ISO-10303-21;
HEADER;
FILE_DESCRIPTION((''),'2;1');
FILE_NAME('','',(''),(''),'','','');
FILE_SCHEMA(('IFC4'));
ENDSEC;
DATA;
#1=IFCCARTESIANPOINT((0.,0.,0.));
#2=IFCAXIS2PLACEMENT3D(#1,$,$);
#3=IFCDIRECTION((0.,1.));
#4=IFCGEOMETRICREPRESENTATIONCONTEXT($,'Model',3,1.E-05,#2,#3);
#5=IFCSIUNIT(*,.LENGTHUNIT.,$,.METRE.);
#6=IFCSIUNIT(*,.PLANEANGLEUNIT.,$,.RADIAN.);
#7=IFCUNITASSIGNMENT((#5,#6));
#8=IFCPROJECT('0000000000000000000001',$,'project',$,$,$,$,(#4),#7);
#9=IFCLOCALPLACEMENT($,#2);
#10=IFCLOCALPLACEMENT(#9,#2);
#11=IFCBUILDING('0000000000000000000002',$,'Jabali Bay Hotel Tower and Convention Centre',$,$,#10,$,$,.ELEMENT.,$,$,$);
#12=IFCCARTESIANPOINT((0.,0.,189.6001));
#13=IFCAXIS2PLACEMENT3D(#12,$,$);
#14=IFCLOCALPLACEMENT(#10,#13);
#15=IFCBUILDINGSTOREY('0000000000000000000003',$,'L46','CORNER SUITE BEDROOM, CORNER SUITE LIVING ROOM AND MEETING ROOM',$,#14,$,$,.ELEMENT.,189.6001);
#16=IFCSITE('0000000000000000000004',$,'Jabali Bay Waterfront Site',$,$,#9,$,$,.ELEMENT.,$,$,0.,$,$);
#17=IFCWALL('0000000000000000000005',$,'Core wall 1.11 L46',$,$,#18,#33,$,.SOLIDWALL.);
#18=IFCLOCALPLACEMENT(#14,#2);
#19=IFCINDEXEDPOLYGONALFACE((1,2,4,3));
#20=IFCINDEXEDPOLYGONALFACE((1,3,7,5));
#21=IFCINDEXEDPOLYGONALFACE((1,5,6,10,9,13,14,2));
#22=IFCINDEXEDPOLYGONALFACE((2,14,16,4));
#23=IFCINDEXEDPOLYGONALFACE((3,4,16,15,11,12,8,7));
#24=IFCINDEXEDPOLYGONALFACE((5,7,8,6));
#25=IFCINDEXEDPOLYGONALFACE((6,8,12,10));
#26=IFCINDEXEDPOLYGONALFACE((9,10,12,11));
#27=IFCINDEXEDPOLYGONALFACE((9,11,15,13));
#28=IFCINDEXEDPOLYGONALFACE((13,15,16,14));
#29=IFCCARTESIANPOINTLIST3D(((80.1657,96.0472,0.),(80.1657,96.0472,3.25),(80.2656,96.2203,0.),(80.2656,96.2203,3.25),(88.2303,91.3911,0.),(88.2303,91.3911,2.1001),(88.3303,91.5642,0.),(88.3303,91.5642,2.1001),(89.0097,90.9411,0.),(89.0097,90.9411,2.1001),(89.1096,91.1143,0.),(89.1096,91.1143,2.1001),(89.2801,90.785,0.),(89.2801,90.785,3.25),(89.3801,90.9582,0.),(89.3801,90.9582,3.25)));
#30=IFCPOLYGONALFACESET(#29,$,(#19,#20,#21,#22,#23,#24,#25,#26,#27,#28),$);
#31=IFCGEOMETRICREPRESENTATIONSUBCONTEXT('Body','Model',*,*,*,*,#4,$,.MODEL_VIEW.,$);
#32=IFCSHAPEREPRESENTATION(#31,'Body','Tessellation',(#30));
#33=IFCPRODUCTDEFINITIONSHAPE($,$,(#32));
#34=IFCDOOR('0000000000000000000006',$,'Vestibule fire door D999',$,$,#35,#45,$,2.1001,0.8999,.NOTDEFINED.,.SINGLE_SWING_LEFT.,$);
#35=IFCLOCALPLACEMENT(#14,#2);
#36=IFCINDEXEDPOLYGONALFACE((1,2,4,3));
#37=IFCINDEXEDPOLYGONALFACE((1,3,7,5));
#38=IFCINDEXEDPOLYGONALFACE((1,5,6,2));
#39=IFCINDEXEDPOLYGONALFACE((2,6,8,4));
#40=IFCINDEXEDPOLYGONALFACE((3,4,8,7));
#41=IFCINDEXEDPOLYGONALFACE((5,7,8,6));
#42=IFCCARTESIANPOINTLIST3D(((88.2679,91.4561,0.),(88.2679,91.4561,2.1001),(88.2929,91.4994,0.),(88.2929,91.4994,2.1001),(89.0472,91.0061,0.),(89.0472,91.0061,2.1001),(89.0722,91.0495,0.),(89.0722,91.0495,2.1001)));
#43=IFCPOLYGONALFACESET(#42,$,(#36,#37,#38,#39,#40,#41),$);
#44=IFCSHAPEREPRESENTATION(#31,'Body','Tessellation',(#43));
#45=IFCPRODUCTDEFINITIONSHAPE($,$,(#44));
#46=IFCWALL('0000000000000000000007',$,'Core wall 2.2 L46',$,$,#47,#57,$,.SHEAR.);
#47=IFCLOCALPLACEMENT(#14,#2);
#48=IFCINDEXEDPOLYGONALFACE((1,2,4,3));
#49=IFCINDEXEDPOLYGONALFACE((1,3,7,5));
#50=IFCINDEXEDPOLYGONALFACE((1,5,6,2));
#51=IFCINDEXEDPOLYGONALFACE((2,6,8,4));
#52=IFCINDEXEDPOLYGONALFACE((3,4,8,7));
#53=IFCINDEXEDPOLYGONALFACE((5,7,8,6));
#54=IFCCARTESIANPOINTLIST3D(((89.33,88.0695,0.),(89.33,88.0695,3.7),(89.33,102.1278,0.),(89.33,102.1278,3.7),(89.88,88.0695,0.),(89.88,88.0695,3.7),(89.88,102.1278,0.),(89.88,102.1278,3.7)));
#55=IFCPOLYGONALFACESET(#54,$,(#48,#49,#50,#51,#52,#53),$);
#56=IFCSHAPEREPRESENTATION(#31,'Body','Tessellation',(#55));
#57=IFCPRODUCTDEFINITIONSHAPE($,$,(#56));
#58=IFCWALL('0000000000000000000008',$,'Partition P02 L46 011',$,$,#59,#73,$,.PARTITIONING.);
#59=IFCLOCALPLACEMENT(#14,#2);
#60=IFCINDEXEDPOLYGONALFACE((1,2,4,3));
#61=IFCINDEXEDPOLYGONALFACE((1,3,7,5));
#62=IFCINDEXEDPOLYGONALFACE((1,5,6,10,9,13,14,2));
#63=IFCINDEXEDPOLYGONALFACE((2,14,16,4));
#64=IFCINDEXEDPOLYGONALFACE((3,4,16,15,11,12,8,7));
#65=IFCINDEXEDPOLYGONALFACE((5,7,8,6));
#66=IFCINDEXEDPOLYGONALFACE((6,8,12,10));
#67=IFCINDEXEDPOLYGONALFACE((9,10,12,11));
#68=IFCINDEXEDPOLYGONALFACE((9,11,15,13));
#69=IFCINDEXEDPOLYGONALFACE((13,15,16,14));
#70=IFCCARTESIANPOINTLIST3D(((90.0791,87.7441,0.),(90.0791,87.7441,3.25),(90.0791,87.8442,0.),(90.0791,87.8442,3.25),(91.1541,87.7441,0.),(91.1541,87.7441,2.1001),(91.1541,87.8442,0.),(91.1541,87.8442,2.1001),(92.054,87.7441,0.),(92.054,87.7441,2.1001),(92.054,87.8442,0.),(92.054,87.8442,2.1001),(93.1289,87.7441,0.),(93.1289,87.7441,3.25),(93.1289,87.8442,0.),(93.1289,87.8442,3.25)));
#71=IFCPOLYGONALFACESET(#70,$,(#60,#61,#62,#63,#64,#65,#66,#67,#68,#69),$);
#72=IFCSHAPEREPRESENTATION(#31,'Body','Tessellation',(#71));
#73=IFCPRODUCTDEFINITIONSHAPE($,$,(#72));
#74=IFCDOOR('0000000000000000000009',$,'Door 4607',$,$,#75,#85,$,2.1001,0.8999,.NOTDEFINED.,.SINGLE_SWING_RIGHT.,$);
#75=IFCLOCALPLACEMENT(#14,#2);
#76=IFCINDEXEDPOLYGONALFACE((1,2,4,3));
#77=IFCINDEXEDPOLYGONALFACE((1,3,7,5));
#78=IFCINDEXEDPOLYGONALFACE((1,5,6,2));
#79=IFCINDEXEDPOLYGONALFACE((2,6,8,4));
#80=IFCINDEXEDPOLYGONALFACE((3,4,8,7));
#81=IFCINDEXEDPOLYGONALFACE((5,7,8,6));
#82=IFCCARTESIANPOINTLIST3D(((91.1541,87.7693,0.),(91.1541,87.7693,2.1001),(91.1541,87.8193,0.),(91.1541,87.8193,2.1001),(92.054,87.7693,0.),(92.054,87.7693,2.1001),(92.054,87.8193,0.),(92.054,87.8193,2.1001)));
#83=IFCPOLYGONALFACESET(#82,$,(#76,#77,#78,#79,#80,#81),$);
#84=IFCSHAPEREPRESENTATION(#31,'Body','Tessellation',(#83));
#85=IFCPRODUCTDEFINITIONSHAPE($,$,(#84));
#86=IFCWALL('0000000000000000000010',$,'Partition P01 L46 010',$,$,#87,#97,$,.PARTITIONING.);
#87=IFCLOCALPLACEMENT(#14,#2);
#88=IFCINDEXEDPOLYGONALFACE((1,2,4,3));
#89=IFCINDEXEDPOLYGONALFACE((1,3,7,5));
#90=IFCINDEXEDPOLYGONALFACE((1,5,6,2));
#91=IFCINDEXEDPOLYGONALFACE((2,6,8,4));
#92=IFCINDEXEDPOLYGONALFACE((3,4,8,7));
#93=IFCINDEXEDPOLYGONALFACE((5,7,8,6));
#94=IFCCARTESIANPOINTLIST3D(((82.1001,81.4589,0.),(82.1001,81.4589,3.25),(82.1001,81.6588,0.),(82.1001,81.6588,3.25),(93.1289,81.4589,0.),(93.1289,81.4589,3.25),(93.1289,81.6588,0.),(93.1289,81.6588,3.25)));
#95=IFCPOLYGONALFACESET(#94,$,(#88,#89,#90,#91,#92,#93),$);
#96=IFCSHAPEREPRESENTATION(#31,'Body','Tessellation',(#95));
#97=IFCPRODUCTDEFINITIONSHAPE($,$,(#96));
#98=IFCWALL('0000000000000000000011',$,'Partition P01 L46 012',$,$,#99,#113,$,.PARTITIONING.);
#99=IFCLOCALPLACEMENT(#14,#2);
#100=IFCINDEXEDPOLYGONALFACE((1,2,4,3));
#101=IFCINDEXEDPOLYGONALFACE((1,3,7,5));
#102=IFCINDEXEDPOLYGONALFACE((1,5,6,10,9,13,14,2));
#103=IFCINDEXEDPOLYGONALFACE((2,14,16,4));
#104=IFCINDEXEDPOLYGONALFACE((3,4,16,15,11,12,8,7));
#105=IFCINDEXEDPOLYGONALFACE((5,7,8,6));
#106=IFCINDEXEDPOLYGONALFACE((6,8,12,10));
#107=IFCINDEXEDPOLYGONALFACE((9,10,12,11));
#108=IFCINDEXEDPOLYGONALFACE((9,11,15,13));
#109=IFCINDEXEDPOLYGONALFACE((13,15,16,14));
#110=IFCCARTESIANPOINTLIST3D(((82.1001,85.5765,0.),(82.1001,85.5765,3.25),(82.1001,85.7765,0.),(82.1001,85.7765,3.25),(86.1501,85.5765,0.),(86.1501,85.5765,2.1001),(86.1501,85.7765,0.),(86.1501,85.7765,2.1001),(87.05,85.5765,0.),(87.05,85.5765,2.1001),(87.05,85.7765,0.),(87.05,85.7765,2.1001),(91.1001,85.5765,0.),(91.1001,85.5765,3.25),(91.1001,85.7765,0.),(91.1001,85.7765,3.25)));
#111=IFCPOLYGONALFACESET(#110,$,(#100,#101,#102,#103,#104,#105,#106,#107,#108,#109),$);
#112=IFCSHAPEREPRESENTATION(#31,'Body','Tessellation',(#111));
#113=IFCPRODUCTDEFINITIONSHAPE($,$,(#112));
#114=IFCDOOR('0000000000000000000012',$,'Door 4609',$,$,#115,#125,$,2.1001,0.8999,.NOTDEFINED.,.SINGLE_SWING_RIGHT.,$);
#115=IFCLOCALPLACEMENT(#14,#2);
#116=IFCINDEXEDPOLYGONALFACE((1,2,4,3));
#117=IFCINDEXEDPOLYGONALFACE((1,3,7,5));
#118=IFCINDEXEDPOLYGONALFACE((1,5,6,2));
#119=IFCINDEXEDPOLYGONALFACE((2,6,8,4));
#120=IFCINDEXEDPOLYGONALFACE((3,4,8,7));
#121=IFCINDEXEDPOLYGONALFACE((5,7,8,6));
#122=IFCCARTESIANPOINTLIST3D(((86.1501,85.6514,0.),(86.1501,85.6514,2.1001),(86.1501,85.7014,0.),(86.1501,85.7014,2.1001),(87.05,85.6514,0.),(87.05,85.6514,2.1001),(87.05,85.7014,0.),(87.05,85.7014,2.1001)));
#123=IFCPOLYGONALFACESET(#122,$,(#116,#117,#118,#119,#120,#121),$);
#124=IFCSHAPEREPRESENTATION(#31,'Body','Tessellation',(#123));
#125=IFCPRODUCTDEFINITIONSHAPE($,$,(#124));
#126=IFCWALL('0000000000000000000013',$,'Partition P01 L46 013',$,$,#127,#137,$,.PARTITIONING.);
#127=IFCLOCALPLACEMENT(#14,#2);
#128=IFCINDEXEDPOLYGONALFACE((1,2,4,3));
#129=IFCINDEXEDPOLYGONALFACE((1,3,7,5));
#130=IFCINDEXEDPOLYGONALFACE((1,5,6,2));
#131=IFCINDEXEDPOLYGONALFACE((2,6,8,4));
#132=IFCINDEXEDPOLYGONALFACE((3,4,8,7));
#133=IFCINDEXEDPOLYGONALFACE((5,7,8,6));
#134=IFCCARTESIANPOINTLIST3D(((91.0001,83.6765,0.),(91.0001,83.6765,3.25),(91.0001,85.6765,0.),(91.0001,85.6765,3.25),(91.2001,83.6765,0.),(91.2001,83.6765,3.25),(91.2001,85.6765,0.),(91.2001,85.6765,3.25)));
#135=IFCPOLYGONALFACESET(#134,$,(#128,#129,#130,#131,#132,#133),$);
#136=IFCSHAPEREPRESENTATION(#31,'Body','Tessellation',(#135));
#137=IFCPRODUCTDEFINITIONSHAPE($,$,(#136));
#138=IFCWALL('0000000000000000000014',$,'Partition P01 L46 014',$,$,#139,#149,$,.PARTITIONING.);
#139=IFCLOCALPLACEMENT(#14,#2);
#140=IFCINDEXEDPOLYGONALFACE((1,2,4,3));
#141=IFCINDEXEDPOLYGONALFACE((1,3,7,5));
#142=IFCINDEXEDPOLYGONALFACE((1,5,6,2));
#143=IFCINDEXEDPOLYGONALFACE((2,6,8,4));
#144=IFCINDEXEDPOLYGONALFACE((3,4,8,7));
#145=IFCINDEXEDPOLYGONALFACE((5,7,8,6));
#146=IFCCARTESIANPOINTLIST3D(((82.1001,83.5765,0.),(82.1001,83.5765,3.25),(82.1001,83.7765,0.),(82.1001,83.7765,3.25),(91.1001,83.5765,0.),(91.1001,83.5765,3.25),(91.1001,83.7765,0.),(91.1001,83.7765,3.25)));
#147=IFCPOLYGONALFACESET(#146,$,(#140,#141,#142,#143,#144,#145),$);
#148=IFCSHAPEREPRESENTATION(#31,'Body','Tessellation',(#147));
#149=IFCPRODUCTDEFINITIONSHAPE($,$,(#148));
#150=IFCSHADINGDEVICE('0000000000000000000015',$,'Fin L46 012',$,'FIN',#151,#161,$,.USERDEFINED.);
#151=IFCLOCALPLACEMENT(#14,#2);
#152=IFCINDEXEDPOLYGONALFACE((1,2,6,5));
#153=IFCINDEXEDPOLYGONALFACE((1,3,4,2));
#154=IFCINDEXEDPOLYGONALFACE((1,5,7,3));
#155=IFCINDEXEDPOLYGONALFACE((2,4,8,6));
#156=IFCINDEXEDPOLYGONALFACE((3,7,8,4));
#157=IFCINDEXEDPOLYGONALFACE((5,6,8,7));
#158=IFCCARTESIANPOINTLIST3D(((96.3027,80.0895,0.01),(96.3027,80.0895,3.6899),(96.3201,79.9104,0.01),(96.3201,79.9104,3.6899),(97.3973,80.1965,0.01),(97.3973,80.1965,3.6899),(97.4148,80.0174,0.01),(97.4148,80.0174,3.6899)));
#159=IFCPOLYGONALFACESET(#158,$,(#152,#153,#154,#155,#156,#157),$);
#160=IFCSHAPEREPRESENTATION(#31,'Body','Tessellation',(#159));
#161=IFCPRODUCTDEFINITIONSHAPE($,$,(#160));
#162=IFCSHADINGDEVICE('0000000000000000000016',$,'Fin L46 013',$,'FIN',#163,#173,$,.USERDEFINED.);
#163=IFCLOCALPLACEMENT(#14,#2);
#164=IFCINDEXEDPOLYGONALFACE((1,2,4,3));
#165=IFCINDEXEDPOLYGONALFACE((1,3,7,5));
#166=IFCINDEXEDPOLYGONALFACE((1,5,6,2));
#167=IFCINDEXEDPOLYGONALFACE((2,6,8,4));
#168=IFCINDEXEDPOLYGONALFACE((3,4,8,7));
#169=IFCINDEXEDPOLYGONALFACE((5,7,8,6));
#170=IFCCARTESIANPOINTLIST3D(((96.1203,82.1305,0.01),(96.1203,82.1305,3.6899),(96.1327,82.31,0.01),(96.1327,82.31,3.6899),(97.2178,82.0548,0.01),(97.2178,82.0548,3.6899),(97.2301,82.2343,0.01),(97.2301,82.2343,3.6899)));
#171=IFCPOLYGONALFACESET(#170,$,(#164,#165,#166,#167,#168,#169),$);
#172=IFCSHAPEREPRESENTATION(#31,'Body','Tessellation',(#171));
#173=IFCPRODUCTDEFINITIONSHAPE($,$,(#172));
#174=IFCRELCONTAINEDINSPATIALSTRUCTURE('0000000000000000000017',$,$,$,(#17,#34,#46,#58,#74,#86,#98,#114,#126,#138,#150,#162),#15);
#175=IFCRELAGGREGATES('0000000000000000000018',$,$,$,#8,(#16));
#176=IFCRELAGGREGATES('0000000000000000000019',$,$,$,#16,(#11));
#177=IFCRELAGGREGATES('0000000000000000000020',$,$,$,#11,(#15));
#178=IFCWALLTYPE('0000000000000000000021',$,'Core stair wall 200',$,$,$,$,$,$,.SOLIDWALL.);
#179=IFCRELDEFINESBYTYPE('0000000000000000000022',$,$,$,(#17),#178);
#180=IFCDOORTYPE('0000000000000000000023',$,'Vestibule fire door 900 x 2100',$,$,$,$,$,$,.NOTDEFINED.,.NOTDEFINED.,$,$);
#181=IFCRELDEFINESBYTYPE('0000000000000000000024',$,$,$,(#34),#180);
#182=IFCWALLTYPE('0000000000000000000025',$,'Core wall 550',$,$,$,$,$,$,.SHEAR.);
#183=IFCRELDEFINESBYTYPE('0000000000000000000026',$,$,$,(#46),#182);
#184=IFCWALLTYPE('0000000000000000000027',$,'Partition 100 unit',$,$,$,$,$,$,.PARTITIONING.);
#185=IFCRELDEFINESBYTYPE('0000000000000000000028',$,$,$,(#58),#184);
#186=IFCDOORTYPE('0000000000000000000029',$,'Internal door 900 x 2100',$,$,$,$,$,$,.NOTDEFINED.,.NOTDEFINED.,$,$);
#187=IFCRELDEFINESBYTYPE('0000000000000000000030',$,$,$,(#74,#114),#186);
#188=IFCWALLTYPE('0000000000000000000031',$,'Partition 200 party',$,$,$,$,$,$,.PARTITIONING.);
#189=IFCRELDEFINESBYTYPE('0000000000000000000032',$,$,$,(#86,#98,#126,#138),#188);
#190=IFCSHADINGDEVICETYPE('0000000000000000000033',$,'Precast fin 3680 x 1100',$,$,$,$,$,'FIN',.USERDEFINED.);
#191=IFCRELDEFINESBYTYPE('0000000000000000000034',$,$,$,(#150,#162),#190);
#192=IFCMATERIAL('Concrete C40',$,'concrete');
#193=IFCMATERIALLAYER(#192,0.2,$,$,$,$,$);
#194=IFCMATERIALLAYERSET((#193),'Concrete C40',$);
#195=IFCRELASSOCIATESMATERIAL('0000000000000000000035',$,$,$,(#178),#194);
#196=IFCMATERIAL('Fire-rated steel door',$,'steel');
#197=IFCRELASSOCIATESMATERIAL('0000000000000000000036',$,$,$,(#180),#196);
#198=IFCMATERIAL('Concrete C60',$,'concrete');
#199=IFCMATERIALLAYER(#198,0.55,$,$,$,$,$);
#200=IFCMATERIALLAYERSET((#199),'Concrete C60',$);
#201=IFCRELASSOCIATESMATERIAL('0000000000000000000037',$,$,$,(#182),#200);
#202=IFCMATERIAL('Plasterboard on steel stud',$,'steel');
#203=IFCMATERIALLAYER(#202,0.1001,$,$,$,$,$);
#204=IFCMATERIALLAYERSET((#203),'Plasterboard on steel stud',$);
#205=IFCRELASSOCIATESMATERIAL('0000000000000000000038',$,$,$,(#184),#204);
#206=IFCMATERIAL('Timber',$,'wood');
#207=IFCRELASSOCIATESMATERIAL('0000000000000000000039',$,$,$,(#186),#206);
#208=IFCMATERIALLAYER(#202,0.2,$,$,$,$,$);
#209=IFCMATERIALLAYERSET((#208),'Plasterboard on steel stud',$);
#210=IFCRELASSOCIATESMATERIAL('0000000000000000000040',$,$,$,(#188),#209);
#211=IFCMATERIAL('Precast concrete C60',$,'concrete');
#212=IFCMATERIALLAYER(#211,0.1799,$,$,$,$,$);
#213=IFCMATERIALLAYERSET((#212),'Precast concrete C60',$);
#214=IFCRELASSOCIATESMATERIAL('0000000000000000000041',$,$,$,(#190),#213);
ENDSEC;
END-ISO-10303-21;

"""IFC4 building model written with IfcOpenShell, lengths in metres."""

from ifc_helpers import new_model, si_unit, direction, frame, frame_2d, origin, place, context, subcontext, project, spatial, rectangle, extrude, material, layer, layer_set, type_object, element, fill, save


model = new_model("IFC4")

# Units and contexts
model_context = context("Model", 3, precision=1e-05, world=origin(), true_north=direction((0.0, 1.0)))
body_context = subcontext(model_context, "Body", "Model", "MODEL_VIEW")
ifc_project = project(units=[si_unit("LENGTHUNIT", "METRE"), si_unit("PLANEANGLEUNIT", "RADIAN")], contexts=[model_context])

# Site, building, storey
site_placement = place(None, origin())
site = spatial("IfcSite", under=ifc_project, at=site_placement, Name="Jabali Bay Waterfront Site", CompositionType="ELEMENT", RefElevation=0.0)
building_placement = place(site_placement, origin())
building = spatial("IfcBuilding", under=site, at=building_placement, Name="Jabali Bay Hotel Tower and Convention Centre", CompositionType="ELEMENT")
storey_placement = place(building_placement, frame((0.0, 0.0, 189.6001)))
storey = spatial("IfcBuildingStorey", under=building, at=storey_placement, Name="L46", Description="CORNER SUITE BEDROOM, CORNER SUITE LIVING ROOM AND MEETING ROOM", CompositionType="ELEMENT", Elevation=189.6001)

# Shared definitions
ifc_material_1 = material(Name="Concrete C60", Category="concrete")

# Shared definitions
ifc_material_2 = material(Name="Concrete C40", Category="concrete")
ifc_layer_1 = layer(ifc_material_2, 0.2)
ifc_layer_set_1 = layer_set([ifc_layer_1], Name="Concrete C40")
wall_type_1 = type_object("IfcWallType", Name="Core stair wall 200", PredefinedType="SOLIDWALL", material=ifc_layer_set_1)

# Wall, opening, door
wall_1_placement = place(storey_placement, frame((89.3301, 90.8716, 0.0), z_axis=(0.0, 0.0, 1.0), x_axis=(-0.866028, 0.499996, 0.0)))
wall_1 = element("IfcWall", 1, at=wall_1_placement, inside=storey, type_object=wall_type_1, Name="Core wall 1.11 L46", PredefinedType="SOLIDWALL", context=body_context, shape_type="SweptSolid", body=[
    extrude(rectangle(XDim=10.5244, YDim=0.2, at=frame_2d((5.2622, 0.0))), origin(), (0.0, 0.0, 1.0), 3.25),
])
opening_1_placement = place(wall_1_placement, frame((0.3123, 0.0, 0.0)))
opening_1 = element("IfcOpeningElement", 2, at=opening_1_placement, cuts=wall_1, PredefinedType="OPENING", context=body_context, shape_type="SweptSolid", body=[
    extrude(rectangle(XDim=0.8999, YDim=2.1001, at=frame_2d((0.45, 1.05))), frame((0.0, 0.1104, 0.0), z_axis=(0.0, -1.0, 0.0), x_axis=(1.0, 0.0, 0.0)), (0.0, 0.0, 1.0), 0.2209),
])
ifc_material_3 = material(Name="Fire-rated steel door", Category="steel")
door_type_1 = type_object("IfcDoorType", Name="Vestibule fire door 900 x 2100", OperationType="NOTDEFINED", PredefinedType="NOTDEFINED", material=ifc_material_3)
door_1_placement = place(opening_1_placement, origin())
door_1 = element("IfcDoor", 3, at=door_1_placement, inside=storey, type_object=door_type_1, Name="Vestibule fire door D999", OperationType="SINGLE_SWING_LEFT", OverallHeight=2.1001, OverallWidth=0.8999, PredefinedType="NOTDEFINED", context=body_context, shape_type="SweptSolid", body=[
    extrude(rectangle(XDim=0.8999, YDim=2.1001, at=frame_2d((0.45, 1.05))), frame((0.0, 0.0249, 0.0), z_axis=(0.0, -1.0, 0.0), x_axis=(1.0, 0.0, 0.0)), (0.0, 0.0, 1.0), 0.05),
])
fill(opening_1, door_1)

# Wall
ifc_layer_2 = layer(ifc_material_1, 0.55)
ifc_layer_set_2 = layer_set([ifc_layer_2], Name="Concrete C60")
wall_type_2 = type_object("IfcWallType", Name="Core wall 550", PredefinedType="SHEAR", material=ifc_layer_set_2)
wall_2_placement = place(storey_placement, frame((89.605, 88.0693, 0.0), z_axis=(0.0, 0.0, 1.0), x_axis=(0.0, 1.0, 0.0)))
element("IfcWall", 4, at=wall_2_placement, inside=storey, type_object=wall_type_2, Name="Core wall 2.2 L46", PredefinedType="SHEAR", context=body_context, shape_type="SweptSolid", body=[
    extrude(rectangle(XDim=14.0583, YDim=0.55, at=frame_2d((7.0293, 0.0))), origin(), (0.0, 0.0, 1.0), 3.7),
])

# Wall, opening, door
ifc_material_4 = material(Name="Plasterboard on steel stud", Category="steel")
ifc_layer_3 = layer(ifc_material_4, 0.1001)
ifc_layer_set_3 = layer_set([ifc_layer_3], Name="Plasterboard on steel stud")
wall_type_3 = type_object("IfcWallType", Name="Partition 100 unit", PredefinedType="PARTITIONING", material=ifc_layer_set_3)
wall_3_placement = place(storey_placement, frame((93.1289, 87.7942, 0.0), z_axis=(0.0, 0.0, 1.0), x_axis=(-1.0, 0.0, 0.0)))
wall_3 = element("IfcWall", 5, at=wall_3_placement, inside=storey, type_object=wall_type_3, Name="Partition P02 L46 011", PredefinedType="PARTITIONING", context=body_context, shape_type="SweptSolid", body=[
    extrude(rectangle(XDim=3.0498, YDim=0.1001, at=frame_2d((1.5249, 0.0))), origin(), (0.0, 0.0, 1.0), 3.25),
])
opening_2_placement = place(wall_3_placement, frame((1.075, 0.0, 0.0)))
opening_2 = element("IfcOpeningElement", 6, at=opening_2_placement, cuts=wall_3, PredefinedType="OPENING", context=body_context, shape_type="SweptSolid", body=[
    extrude(rectangle(XDim=0.8999, YDim=2.1001, at=frame_2d((0.45, 1.05))), frame((0.0, 0.0605, 0.0), z_axis=(0.0, -1.0, 0.0), x_axis=(1.0, 0.0, 0.0)), (0.0, 0.0, 1.0), 0.1211),
])
ifc_material_5 = material(Name="Timber", Category="wood")
door_type_2 = type_object("IfcDoorType", Name="Internal door 900 x 2100", OperationType="NOTDEFINED", PredefinedType="NOTDEFINED", material=ifc_material_5)
door_2_placement = place(opening_2_placement, origin())
door_2 = element("IfcDoor", 7, at=door_2_placement, inside=storey, type_object=door_type_2, Name="Door 4607", OperationType="SINGLE_SWING_RIGHT", OverallHeight=2.1001, OverallWidth=0.8999, PredefinedType="NOTDEFINED", context=body_context, shape_type="SweptSolid", body=[
    extrude(rectangle(XDim=0.8999, YDim=2.1001, at=frame_2d((0.45, 1.05))), frame((0.0, 0.0249, 0.0), z_axis=(0.0, -1.0, 0.0), x_axis=(1.0, 0.0, 0.0)), (0.0, 0.0, 1.0), 0.05),
])
fill(opening_2, door_2)

# Wall
ifc_layer_4 = layer(ifc_material_4, 0.2)
ifc_layer_set_4 = layer_set([ifc_layer_4], Name="Plasterboard on steel stud")
wall_type_4 = type_object("IfcWallType", Name="Partition 200 party", PredefinedType="PARTITIONING", material=ifc_layer_set_4)
wall_4_placement = place(storey_placement, frame((93.1289, 81.5588, 0.0), z_axis=(0.0, 0.0, 1.0), x_axis=(-1.0, 0.0, 0.0)))
element("IfcWall", 8, at=wall_4_placement, inside=storey, type_object=wall_type_4, Name="Partition P01 L46 010", PredefinedType="PARTITIONING", context=body_context, shape_type="SweptSolid", body=[
    extrude(rectangle(XDim=11.0288, YDim=0.2, at=frame_2d((5.5144, 0.0))), origin(), (0.0, 0.0, 1.0), 3.25),
])

# Wall, opening, door
wall_5_placement = place(storey_placement, frame((82.1001, 85.6765, 0.0), z_axis=(0.0, 0.0, 1.0), x_axis=(1.0, 0.0, 0.0)))
wall_5 = element("IfcWall", 9, at=wall_5_placement, inside=storey, type_object=wall_type_4, Name="Partition P01 L46 012", PredefinedType="PARTITIONING", context=body_context, shape_type="SweptSolid", body=[
    extrude(rectangle(XDim=9.0, YDim=0.2, at=frame_2d((4.5, 0.0))), origin(), (0.0, 0.0, 1.0), 3.25),
])
opening_3_placement = place(wall_5_placement, frame((4.05, 0.0, 0.0)))
opening_3 = element("IfcOpeningElement", 10, at=opening_3_placement, cuts=wall_5, PredefinedType="OPENING", context=body_context, shape_type="SweptSolid", body=[
    extrude(rectangle(XDim=0.8999, YDim=2.1001, at=frame_2d((0.45, 1.05))), frame((0.0, 0.1104, 0.0), z_axis=(0.0, -1.0, 0.0), x_axis=(1.0, 0.0, 0.0)), (0.0, 0.0, 1.0), 0.2209),
])
door_3_placement = place(opening_3_placement, origin())
door_3 = element("IfcDoor", 11, at=door_3_placement, inside=storey, type_object=door_type_2, Name="Door 4609", OperationType="SINGLE_SWING_RIGHT", OverallHeight=2.1001, OverallWidth=0.8999, PredefinedType="NOTDEFINED", context=body_context, shape_type="SweptSolid", body=[
    extrude(rectangle(XDim=0.8999, YDim=2.1001, at=frame_2d((0.45, 1.05))), frame((0.0, 0.0249, 0.0), z_axis=(0.0, -1.0, 0.0), x_axis=(1.0, 0.0, 0.0)), (0.0, 0.0, 1.0), 0.05),
])
fill(opening_3, door_3)

# Walls
wall_6_placement = place(storey_placement, frame((91.1001, 85.6765, 0.0), z_axis=(0.0, 0.0, 1.0), x_axis=(0.0, -1.0, 0.0)))
element("IfcWall", 12, at=wall_6_placement, inside=storey, type_object=wall_type_4, Name="Partition P01 L46 013", PredefinedType="PARTITIONING", context=body_context, shape_type="SweptSolid", body=[
    extrude(rectangle(XDim=2.0, YDim=0.2, at=frame_2d((1.0, 0.0))), origin(), (0.0, 0.0, 1.0), 3.25),
])
wall_7_placement = place(storey_placement, frame((91.1001, 83.6765, 0.0), z_axis=(0.0, 0.0, 1.0), x_axis=(-1.0, 0.0, 0.0)))
element("IfcWall", 13, at=wall_7_placement, inside=storey, type_object=wall_type_4, Name="Partition P01 L46 014", PredefinedType="PARTITIONING", context=body_context, shape_type="SweptSolid", body=[
    extrude(rectangle(XDim=9.0, YDim=0.2, at=frame_2d((4.5, 0.0))), origin(), (0.0, 0.0, 1.0), 3.25),
])

# Shading devices
ifc_material_6 = material(Name="Precast concrete C60", Category="concrete")
ifc_layer_5 = layer(ifc_material_6, 0.1799)
ifc_layer_set_5 = layer_set([ifc_layer_5], Name="Precast concrete C60")
shading_device_type_1 = type_object("IfcShadingDeviceType", Name="Precast fin 3680 x 1100", ElementType="FIN", PredefinedType="USERDEFINED", material=ifc_layer_set_5)
shading_device_1_placement = place(storey_placement, frame((96.3115, 80.0, 0.01), z_axis=(0.0, 0.0, 1.0), x_axis=(0.995263, 0.097218, 0.0)))
element("IfcShadingDevice", 14, at=shading_device_1_placement, inside=storey, type_object=shading_device_type_1, Name="Fin L46 012", ObjectType="FIN", PredefinedType="USERDEFINED", context=body_context, shape_type="SweptSolid", body=[
    extrude(rectangle(XDim=1.0999, YDim=0.1799, at=frame_2d((0.5498, 0.0))), origin(), (0.0, 0.0, 1.0), 3.6799),
])
shading_device_2_placement = place(storey_placement, frame((96.1265, 82.2202, 0.01), z_axis=(0.0, 0.0, 1.0), x_axis=(0.99763, -0.068802, 0.0)))
element("IfcShadingDevice", 15, at=shading_device_2_placement, inside=storey, type_object=shading_device_type_1, Name="Fin L46 013", ObjectType="FIN", PredefinedType="USERDEFINED", context=body_context, shape_type="SweptSolid", body=[
    extrude(rectangle(XDim=1.1001, YDim=0.1799, at=frame_2d((0.55, 0.0))), origin(), (0.0, 0.0, 1.0), 3.6799),
])

save(model, "model.ifc")
